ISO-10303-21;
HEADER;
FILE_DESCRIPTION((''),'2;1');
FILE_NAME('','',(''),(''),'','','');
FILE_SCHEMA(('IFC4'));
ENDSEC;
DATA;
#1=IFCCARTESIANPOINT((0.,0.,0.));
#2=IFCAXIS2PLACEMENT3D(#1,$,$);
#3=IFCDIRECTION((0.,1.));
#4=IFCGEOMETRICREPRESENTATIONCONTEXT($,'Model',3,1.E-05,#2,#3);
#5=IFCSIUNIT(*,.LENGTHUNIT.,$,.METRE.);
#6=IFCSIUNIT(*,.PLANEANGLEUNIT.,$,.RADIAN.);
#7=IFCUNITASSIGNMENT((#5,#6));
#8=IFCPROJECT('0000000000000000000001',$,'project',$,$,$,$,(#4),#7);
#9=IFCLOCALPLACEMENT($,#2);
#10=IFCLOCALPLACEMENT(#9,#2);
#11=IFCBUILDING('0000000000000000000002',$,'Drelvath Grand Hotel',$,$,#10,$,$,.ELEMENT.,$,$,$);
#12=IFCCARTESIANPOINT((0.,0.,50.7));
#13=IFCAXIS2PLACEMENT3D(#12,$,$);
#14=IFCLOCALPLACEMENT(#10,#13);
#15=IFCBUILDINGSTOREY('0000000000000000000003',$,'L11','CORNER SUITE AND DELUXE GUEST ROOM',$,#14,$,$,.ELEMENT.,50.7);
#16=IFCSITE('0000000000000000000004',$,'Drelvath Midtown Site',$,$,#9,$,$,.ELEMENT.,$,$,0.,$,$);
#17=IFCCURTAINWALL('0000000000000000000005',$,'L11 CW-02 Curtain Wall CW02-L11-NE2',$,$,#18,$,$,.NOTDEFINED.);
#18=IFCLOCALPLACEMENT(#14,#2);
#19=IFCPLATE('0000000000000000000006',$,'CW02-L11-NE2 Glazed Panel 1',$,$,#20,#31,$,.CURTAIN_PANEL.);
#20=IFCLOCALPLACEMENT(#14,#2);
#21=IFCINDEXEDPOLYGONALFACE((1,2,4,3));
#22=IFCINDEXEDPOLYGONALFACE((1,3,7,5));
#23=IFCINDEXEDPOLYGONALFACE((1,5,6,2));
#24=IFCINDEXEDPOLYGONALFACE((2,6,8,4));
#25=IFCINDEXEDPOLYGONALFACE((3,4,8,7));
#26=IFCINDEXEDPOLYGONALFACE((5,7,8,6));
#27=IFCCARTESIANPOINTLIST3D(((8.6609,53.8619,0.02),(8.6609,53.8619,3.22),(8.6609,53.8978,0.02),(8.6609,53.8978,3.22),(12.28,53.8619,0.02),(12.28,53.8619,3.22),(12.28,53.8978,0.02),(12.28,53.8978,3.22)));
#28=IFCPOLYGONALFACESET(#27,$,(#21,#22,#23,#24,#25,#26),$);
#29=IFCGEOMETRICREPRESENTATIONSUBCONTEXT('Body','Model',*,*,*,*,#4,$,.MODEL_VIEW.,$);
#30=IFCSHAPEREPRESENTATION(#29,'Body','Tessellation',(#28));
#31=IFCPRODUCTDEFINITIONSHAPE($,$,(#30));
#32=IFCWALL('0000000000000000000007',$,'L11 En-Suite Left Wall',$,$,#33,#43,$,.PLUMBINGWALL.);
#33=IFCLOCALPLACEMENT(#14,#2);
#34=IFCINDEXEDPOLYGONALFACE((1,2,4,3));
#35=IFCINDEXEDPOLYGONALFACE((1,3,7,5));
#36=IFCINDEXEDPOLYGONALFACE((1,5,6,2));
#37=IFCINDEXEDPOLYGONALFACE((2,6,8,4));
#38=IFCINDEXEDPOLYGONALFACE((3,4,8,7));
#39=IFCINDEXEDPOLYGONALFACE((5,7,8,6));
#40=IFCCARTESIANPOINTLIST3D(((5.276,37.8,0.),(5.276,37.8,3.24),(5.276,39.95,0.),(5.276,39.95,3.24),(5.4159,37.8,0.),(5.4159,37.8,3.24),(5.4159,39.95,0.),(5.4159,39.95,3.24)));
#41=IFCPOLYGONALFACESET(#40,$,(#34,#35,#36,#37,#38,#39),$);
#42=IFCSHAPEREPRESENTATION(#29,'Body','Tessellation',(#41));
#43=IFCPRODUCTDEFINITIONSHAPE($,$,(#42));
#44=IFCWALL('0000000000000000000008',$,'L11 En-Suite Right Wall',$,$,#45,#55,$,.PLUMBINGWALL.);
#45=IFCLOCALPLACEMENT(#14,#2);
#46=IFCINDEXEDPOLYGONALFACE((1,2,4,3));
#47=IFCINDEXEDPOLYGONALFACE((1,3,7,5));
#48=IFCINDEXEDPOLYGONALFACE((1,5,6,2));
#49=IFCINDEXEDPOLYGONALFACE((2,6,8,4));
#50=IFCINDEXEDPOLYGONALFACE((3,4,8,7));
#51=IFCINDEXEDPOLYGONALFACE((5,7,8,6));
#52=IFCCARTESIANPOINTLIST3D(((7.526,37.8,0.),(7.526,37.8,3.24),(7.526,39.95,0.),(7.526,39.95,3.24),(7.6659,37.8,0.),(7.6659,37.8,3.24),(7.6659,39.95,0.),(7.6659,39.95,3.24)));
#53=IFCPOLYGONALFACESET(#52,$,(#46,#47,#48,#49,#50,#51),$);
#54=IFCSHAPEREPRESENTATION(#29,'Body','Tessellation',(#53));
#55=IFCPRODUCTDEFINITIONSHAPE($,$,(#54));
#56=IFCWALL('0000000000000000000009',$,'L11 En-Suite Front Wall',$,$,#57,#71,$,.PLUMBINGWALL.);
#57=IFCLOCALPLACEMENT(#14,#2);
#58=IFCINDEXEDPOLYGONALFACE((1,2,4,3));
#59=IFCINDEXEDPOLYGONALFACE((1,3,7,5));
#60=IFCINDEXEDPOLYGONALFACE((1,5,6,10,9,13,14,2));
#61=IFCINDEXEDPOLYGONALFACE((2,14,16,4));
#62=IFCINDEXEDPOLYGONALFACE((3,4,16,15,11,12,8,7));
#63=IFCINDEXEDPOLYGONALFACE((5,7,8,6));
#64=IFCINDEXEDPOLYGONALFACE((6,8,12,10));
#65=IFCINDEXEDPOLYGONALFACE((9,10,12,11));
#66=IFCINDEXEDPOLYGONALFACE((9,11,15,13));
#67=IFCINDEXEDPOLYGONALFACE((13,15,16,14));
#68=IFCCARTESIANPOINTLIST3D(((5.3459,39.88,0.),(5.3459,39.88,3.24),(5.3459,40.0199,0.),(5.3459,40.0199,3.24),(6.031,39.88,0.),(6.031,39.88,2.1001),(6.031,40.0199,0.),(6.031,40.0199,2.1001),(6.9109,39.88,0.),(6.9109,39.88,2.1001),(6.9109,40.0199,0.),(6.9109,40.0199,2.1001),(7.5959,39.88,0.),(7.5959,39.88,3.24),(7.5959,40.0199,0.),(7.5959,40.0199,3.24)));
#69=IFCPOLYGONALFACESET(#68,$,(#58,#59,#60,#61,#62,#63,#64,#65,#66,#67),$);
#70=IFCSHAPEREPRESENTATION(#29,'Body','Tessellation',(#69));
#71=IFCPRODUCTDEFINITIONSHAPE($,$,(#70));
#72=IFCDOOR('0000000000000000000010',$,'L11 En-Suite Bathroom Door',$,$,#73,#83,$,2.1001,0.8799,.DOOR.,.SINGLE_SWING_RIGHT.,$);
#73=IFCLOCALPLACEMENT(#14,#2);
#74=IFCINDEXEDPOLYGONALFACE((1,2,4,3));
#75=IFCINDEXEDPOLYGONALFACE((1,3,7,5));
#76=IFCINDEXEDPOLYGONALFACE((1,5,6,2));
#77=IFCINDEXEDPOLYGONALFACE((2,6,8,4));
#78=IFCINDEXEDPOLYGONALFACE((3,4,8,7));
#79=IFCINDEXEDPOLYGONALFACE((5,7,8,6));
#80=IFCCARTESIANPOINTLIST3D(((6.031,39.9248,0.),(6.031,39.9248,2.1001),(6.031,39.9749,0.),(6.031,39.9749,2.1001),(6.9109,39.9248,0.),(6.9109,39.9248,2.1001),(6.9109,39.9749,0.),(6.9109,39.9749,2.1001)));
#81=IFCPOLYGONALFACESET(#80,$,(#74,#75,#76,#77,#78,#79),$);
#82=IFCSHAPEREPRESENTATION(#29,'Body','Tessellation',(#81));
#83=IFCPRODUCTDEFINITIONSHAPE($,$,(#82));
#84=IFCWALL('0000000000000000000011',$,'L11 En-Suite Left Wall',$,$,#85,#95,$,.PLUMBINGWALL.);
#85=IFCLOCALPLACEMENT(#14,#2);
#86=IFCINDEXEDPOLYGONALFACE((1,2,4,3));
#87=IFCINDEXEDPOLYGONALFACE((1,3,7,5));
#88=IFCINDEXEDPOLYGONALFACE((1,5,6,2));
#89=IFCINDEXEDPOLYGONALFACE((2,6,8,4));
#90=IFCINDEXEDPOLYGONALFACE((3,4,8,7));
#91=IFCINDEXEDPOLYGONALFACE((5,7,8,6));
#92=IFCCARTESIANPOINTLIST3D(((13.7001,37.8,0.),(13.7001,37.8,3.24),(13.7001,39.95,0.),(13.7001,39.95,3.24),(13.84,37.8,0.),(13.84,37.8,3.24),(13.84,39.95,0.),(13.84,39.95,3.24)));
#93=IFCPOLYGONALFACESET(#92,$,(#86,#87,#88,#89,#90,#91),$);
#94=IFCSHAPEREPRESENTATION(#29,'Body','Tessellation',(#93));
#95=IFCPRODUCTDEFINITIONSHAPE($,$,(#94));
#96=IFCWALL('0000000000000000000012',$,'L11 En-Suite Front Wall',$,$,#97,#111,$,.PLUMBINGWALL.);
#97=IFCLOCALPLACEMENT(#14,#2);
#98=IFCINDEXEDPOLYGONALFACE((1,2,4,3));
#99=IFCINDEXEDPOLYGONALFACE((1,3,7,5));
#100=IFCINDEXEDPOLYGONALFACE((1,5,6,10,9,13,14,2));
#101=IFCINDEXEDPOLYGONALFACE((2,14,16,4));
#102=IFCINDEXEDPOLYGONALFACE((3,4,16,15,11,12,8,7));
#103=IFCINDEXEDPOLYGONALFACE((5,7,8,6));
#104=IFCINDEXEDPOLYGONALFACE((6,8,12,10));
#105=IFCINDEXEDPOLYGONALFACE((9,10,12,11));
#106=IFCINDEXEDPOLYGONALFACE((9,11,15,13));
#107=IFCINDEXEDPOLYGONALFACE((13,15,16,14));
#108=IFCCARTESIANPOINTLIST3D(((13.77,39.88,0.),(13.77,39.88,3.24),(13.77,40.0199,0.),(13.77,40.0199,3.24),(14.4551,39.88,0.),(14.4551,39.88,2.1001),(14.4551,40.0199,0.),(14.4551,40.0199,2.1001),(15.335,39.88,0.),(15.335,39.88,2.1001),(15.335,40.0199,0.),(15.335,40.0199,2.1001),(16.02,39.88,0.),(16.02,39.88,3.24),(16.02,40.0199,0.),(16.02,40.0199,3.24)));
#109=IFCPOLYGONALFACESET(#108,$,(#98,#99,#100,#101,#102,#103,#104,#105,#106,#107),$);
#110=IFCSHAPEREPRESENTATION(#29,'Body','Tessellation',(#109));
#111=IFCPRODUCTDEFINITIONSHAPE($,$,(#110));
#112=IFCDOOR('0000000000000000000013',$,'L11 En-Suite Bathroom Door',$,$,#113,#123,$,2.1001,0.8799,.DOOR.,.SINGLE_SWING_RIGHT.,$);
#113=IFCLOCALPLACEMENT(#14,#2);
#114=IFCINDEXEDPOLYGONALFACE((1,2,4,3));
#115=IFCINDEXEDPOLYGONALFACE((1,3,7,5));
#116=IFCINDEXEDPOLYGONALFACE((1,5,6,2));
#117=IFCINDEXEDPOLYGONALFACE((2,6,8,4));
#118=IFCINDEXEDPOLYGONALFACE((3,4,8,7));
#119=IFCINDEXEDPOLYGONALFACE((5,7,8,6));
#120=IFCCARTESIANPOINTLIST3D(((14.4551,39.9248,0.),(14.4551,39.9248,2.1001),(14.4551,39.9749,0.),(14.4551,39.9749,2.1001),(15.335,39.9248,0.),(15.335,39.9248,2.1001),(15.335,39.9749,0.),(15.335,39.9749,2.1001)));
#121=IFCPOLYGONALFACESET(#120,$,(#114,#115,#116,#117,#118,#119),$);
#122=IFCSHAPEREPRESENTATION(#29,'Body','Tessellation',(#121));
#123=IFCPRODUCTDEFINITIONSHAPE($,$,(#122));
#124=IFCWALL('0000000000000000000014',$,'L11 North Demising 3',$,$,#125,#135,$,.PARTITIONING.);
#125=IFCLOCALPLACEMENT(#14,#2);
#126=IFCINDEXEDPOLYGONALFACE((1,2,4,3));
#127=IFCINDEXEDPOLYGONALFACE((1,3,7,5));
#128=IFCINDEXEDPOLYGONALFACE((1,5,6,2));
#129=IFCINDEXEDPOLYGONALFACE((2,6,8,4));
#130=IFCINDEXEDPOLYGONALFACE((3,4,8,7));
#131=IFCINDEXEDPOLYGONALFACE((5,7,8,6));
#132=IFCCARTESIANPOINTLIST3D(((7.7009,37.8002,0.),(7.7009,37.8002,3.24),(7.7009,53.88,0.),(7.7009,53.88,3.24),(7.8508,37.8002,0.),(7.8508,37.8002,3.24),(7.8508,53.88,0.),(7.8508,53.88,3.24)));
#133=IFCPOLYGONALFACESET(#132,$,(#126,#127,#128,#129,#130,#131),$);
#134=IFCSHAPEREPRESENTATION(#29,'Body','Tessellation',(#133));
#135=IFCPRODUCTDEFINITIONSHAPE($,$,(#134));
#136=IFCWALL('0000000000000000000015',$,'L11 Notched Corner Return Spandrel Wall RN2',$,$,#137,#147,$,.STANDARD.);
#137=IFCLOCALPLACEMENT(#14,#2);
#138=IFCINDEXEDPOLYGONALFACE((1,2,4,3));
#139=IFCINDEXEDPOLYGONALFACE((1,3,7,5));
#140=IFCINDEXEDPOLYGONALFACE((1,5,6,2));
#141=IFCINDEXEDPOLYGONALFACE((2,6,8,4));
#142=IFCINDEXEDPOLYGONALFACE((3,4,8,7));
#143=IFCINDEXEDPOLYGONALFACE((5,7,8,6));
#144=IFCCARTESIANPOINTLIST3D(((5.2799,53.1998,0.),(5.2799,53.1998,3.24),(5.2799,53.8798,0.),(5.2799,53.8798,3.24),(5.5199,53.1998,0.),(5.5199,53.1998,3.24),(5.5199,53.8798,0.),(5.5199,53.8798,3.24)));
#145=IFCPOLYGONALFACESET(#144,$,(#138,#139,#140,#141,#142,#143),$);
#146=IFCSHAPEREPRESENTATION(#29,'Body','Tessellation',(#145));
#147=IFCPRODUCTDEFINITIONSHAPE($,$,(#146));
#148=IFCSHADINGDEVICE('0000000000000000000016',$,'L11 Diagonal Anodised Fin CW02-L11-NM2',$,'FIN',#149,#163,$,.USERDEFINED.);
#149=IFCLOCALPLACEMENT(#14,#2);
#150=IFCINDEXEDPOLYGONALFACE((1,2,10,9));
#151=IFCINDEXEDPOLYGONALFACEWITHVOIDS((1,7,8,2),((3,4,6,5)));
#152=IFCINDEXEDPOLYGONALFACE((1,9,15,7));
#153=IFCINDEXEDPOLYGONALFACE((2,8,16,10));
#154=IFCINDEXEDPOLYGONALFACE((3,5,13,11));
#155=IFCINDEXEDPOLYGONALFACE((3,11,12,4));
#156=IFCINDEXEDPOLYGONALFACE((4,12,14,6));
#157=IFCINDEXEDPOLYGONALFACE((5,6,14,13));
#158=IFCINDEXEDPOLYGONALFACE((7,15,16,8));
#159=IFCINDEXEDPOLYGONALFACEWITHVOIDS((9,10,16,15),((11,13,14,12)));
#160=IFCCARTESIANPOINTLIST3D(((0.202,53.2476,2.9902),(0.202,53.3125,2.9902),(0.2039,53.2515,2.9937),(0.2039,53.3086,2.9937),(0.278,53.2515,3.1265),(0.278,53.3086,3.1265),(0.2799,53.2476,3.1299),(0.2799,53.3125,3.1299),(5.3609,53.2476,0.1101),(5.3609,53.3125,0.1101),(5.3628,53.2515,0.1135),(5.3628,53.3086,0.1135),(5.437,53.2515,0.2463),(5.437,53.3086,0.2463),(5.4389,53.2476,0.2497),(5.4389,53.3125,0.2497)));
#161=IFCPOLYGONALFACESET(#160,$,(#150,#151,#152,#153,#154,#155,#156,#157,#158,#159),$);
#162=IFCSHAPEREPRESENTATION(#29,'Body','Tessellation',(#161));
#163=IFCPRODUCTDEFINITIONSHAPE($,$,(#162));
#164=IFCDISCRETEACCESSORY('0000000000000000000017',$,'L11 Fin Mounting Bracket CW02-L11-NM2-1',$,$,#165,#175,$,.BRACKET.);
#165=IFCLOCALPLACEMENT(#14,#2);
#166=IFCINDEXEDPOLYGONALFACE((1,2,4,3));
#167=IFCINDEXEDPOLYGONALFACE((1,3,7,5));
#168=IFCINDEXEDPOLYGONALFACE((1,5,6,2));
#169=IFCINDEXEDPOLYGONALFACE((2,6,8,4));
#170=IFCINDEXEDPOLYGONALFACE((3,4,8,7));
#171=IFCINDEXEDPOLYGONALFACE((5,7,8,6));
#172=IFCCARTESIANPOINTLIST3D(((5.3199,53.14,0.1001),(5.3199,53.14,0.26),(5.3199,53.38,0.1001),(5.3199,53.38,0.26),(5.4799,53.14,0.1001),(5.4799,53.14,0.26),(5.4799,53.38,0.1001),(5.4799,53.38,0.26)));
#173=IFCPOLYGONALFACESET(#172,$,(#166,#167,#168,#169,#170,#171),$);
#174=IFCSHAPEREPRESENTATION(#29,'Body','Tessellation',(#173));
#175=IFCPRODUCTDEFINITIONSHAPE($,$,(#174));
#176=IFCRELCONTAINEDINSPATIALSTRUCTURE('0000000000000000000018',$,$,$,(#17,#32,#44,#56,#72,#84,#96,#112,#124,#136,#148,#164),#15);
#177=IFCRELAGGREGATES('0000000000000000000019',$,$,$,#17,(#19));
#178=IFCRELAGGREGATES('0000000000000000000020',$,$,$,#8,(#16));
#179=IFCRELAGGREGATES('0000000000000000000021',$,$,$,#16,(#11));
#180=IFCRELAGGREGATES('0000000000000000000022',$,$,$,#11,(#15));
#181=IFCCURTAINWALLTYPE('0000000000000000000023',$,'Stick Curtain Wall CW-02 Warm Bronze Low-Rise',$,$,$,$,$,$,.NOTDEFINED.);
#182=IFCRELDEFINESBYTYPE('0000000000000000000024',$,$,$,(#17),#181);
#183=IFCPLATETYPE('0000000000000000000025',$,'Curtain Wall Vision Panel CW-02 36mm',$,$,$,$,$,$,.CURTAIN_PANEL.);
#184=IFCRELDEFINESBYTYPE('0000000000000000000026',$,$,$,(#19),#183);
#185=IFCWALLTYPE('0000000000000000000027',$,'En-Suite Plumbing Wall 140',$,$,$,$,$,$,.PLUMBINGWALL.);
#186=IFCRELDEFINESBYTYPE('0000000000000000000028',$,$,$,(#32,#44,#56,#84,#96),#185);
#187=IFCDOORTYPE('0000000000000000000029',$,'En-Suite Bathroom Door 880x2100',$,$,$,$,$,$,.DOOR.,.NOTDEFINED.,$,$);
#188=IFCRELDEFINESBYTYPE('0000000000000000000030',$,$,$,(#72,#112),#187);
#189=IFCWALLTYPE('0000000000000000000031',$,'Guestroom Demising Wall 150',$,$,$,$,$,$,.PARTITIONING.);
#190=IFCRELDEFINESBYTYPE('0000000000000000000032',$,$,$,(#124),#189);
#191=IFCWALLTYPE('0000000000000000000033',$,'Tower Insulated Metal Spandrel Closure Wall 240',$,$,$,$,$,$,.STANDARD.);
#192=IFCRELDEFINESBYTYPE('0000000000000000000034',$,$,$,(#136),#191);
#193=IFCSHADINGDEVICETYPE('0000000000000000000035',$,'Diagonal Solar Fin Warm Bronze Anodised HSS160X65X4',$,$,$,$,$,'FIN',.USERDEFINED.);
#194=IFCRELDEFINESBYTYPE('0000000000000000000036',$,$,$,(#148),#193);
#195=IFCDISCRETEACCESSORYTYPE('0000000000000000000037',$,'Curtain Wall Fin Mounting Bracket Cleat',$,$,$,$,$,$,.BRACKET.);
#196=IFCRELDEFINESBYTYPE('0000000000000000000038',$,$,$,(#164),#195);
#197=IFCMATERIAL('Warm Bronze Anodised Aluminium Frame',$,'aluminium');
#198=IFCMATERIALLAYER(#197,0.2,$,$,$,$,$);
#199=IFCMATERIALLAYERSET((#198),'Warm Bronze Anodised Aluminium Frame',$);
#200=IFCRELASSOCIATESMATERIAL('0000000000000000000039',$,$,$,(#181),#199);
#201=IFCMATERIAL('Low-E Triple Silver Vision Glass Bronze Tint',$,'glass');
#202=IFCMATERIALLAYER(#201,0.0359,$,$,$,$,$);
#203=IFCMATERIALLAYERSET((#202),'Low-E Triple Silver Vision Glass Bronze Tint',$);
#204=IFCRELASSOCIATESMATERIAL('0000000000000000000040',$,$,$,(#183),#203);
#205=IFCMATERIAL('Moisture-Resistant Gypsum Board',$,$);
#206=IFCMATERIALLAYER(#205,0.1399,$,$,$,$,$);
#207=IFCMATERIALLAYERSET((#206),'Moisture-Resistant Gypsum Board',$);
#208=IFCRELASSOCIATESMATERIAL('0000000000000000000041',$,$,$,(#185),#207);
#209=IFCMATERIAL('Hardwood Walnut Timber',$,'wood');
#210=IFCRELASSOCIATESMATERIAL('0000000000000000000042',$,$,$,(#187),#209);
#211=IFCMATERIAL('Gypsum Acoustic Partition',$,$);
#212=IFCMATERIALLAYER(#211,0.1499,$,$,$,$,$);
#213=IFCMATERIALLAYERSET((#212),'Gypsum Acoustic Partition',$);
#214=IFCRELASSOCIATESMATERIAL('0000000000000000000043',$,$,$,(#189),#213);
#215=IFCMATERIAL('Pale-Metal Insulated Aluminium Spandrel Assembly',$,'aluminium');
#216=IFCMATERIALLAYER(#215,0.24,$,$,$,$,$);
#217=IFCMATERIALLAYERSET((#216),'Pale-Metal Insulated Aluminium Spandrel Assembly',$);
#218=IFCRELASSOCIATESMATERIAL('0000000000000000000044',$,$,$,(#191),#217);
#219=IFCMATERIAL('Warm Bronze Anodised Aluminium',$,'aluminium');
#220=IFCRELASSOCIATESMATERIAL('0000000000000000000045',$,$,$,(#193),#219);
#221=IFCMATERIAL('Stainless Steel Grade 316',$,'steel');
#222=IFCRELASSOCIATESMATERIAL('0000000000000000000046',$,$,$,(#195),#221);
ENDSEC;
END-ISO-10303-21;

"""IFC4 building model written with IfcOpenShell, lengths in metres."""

from ifc_helpers import new_model, si_unit, direction, frame, frame_2d, origin, origin_2d, place, context, subcontext, project, spatial, rectangle, hollow_rectangle, extrude, material, layer, layer_set, material_profile, profile_set, type_object, element, fill, aggregate, save


model = new_model("IFC4")

# Units and contexts
model_context = context("Model", 3, precision=1e-05, world=origin(), true_north=direction((0.0, 1.0)))
body_context = subcontext(model_context, "Body", "Model", "MODEL_VIEW")
ifc_project = project(units=[si_unit("LENGTHUNIT", "METRE"), si_unit("PLANEANGLEUNIT", "RADIAN")], contexts=[model_context])

# Site, building, storey
site_placement = place(None, origin())
site = spatial("IfcSite", under=ifc_project, at=site_placement, Name="Drelvath Midtown Site", CompositionType="ELEMENT", RefElevation=0.0)
building_placement = place(site_placement, origin())
building = spatial("IfcBuilding", under=site, at=building_placement, Name="Drelvath Grand Hotel", CompositionType="ELEMENT")
storey_placement = place(building_placement, frame((0.0, 0.0, 50.7)))
storey = spatial("IfcBuildingStorey", under=building, at=storey_placement, Name="L11", Description="CORNER SUITE AND DELUXE GUEST ROOM", CompositionType="ELEMENT", Elevation=50.7)

# Curtain wall
ifc_material_1 = material(Name="Warm Bronze Anodised Aluminium Frame", Category="aluminium")
ifc_layer_1 = layer(ifc_material_1, 0.2)
ifc_layer_set_1 = layer_set([ifc_layer_1], Name="Warm Bronze Anodised Aluminium Frame")
curtain_wall_type = type_object("IfcCurtainWallType", Name="Stick Curtain Wall CW-02 Warm Bronze Low-Rise", PredefinedType="NOTDEFINED", material=ifc_layer_set_1)
curtain_wall_1_placement = place(storey_placement, origin())
curtain_wall_1 = element("IfcCurtainWall", 1, at=curtain_wall_1_placement, inside=storey, type_object=curtain_wall_type, Name="L11 CW-02 Curtain Wall CW02-L11-NE2", PredefinedType="NOTDEFINED")

# Plate
ifc_material_2 = material(Name="Low-E Triple Silver Vision Glass Bronze Tint", Category="glass")
ifc_layer_2 = layer(ifc_material_2, 0.0359)
ifc_layer_set_2 = layer_set([ifc_layer_2], Name="Low-E Triple Silver Vision Glass Bronze Tint")
plate_type = type_object("IfcPlateType", Name="Curtain Wall Vision Panel CW-02 36mm", PredefinedType="CURTAIN_PANEL", material=ifc_layer_set_2)
plate_1_placement = place(storey_placement, frame((10.4705, 53.8799, 0.02), z_axis=(0.0, 0.0, 1.0), x_axis=(1.0, 0.0, 0.0)))
plate_1 = element("IfcPlate", 2, at=plate_1_placement, type_object=plate_type, Name="CW02-L11-NE2 Glazed Panel 1", PredefinedType="CURTAIN_PANEL", context=body_context, shape_type="SweptSolid", body=[
    extrude(rectangle(XDim=3.6191, YDim=0.0359, at=origin_2d()), origin(), (0.0, 0.0, 1.0), 3.2),
])
aggregate(curtain_wall_1, [plate_1])

# Walls
ifc_material_3 = material(Name="Moisture-Resistant Gypsum Board")
ifc_layer_3 = layer(ifc_material_3, 0.1399)
ifc_layer_set_3 = layer_set([ifc_layer_3], Name="Moisture-Resistant Gypsum Board")
wall_type_1 = type_object("IfcWallType", Name="En-Suite Plumbing Wall 140", PredefinedType="PLUMBINGWALL", material=ifc_layer_set_3)
for number, where, z_axis, x_axis, name in (
    (3, (5.3459, 37.8, 0.0), (0.0, 0.0, 1.0), (0.0, 1.0, 0.0), "L11 En-Suite Left Wall"),
    (4, (7.5959, 37.8, 0.0), (0.0, 0.0, 1.0), (0.0, 1.0, 0.0), "L11 En-Suite Right Wall"),
):
    element("IfcWall", number, at=place(storey_placement, frame(where, z_axis=z_axis, x_axis=x_axis)), inside=storey, type_object=wall_type_1, Name=name, PredefinedType="PLUMBINGWALL", context=body_context, shape_type="SweptSolid", body=[
        extrude(rectangle(XDim=2.1499, YDim=0.1399, at=frame_2d((1.075, 0.0))), origin(), (0.0, 0.0, 1.0), 3.24),
    ])

# Wall, opening, door
wall_1_placement = place(storey_placement, frame((5.3459, 39.95, 0.0), z_axis=(0.0, 0.0, 1.0), x_axis=(1.0, 0.0, 0.0)))
wall_1 = element("IfcWall", 5, at=wall_1_placement, inside=storey, type_object=wall_type_1, Name="L11 En-Suite Front Wall", PredefinedType="PLUMBINGWALL", context=body_context, shape_type="SweptSolid", body=[
    extrude(rectangle(XDim=2.25, YDim=0.1399, at=frame_2d((1.125, 0.0))), origin(), (0.0, 0.0, 1.0), 3.24),
])
opening_1_placement = place(wall_1_placement, frame((0.6851, 0.0, 0.0)))
opening_1 = element("IfcOpeningElement", 6, at=opening_1_placement, cuts=wall_1, PredefinedType="OPENING", context=body_context, shape_type="SweptSolid", body=[
    extrude(rectangle(XDim=0.8799, YDim=2.1001, at=frame_2d((0.4399, 1.05))), frame((0.0, 0.0798, 0.0), z_axis=(0.0, -1.0, 0.0), x_axis=(1.0, 0.0, 0.0)), (0.0, 0.0, 1.0), 0.1599),
])
ifc_material_4 = material(Name="Hardwood Walnut Timber", Category="wood")
door_type = type_object("IfcDoorType", Name="En-Suite Bathroom Door 880x2100", OperationType="NOTDEFINED", PredefinedType="DOOR", material=ifc_material_4)
door_1_placement = place(opening_1_placement, origin())
door_1 = element("IfcDoor", 7, at=door_1_placement, inside=storey, type_object=door_type, Name="L11 En-Suite Bathroom Door", OperationType="SINGLE_SWING_RIGHT", OverallHeight=2.1001, OverallWidth=0.8799, PredefinedType="DOOR", context=body_context, shape_type="SweptSolid", body=[
    extrude(rectangle(XDim=0.8799, YDim=2.1001, at=frame_2d((0.4399, 1.05))), frame((0.0, 0.0249, 0.0), z_axis=(0.0, -1.0, 0.0), x_axis=(1.0, 0.0, 0.0)), (0.0, 0.0, 1.0), 0.05),
])
fill(opening_1, door_1)

# Wall
wall_2_placement = place(storey_placement, frame((13.77, 37.8, 0.0), z_axis=(0.0, 0.0, 1.0), x_axis=(0.0, 1.0, 0.0)))
element("IfcWall", 8, at=wall_2_placement, inside=storey, type_object=wall_type_1, Name="L11 En-Suite Left Wall", PredefinedType="PLUMBINGWALL", context=body_context, shape_type="SweptSolid", body=[
    extrude(rectangle(XDim=2.1499, YDim=0.1399, at=frame_2d((1.075, 0.0))), origin(), (0.0, 0.0, 1.0), 3.24),
])

# Wall, opening, door
wall_3_placement = place(storey_placement, frame((13.77, 39.95, 0.0), z_axis=(0.0, 0.0, 1.0), x_axis=(1.0, 0.0, 0.0)))
wall_3 = element("IfcWall", 9, at=wall_3_placement, inside=storey, type_object=wall_type_1, Name="L11 En-Suite Front Wall", PredefinedType="PLUMBINGWALL", context=body_context, shape_type="SweptSolid", body=[
    extrude(rectangle(XDim=2.25, YDim=0.1399, at=frame_2d((1.125, 0.0))), origin(), (0.0, 0.0, 1.0), 3.24),
])
opening_2_placement = place(wall_3_placement, frame((0.6851, 0.0, 0.0)))
opening_2 = element("IfcOpeningElement", 10, at=opening_2_placement, cuts=wall_3, PredefinedType="OPENING", context=body_context, shape_type="SweptSolid", body=[
    extrude(rectangle(XDim=0.8799, YDim=2.1001, at=frame_2d((0.4399, 1.05))), frame((0.0, 0.0798, 0.0), z_axis=(0.0, -1.0, 0.0), x_axis=(1.0, 0.0, 0.0)), (0.0, 0.0, 1.0), 0.1599),
])
door_2_placement = place(opening_2_placement, origin())
door_2 = element("IfcDoor", 11, at=door_2_placement, inside=storey, type_object=door_type, Name="L11 En-Suite Bathroom Door", OperationType="SINGLE_SWING_RIGHT", OverallHeight=2.1001, OverallWidth=0.8799, PredefinedType="DOOR", context=body_context, shape_type="SweptSolid", body=[
    extrude(rectangle(XDim=0.8799, YDim=2.1001, at=frame_2d((0.4399, 1.05))), frame((0.0, 0.0249, 0.0), z_axis=(0.0, -1.0, 0.0), x_axis=(1.0, 0.0, 0.0)), (0.0, 0.0, 1.0), 0.05),
])
fill(opening_2, door_2)

# Walls
ifc_material_5 = material(Name="Gypsum Acoustic Partition")
ifc_layer_4 = layer(ifc_material_5, 0.1499)
ifc_layer_set_4 = layer_set([ifc_layer_4], Name="Gypsum Acoustic Partition")
wall_type_2 = type_object("IfcWallType", Name="Guestroom Demising Wall 150", PredefinedType="PARTITIONING", material=ifc_layer_set_4)
wall_4_placement = place(storey_placement, frame((7.7759, 37.8, 0.0), z_axis=(0.0, 0.0, 1.0), x_axis=(0.0, 1.0, 0.0)))
element("IfcWall", 12, at=wall_4_placement, inside=storey, type_object=wall_type_2, Name="L11 North Demising 3", PredefinedType="PARTITIONING", context=body_context, shape_type="SweptSolid", body=[
    extrude(rectangle(XDim=16.0798, YDim=0.1499, at=frame_2d((8.04, 0.0))), origin(), (0.0, 0.0, 1.0), 3.24),
])
ifc_material_6 = material(Name="Pale-Metal Insulated Aluminium Spandrel Assembly", Category="aluminium")
ifc_layer_5 = layer(ifc_material_6, 0.24)
ifc_layer_set_5 = layer_set([ifc_layer_5], Name="Pale-Metal Insulated Aluminium Spandrel Assembly")
wall_type_3 = type_object("IfcWallType", Name="Tower Insulated Metal Spandrel Closure Wall 240", PredefinedType="STANDARD", material=ifc_layer_set_5)
wall_5_placement = place(storey_placement, frame((5.3999, 53.2, 0.0), z_axis=(0.0, 0.0, 1.0), x_axis=(0.0, 1.0, 0.0)))
element("IfcWall", 13, at=wall_5_placement, inside=storey, type_object=wall_type_3, Name="L11 Notched Corner Return Spandrel Wall RN2", PredefinedType="STANDARD", context=body_context, shape_type="SweptSolid", body=[
    extrude(rectangle(XDim=0.6799, YDim=0.24, at=frame_2d((0.3398, 0.0))), origin(), (0.0, 0.0, 1.0), 3.24),
])

# Shading device
ifc_material_7 = material(Name="Warm Bronze Anodised Aluminium", Category="aluminium")
ifc_material_profile_1 = material_profile(ifc_material_7, hollow_rectangle(XDim=0.0649, YDim=0.1599, WallThickness=0.0039, at=origin_2d()), Name="HSS160X65X4")
ifc_profile_set_1 = profile_set([ifc_material_profile_1], Name="Warm Bronze Anodised Aluminium")
shading_device_type = type_object("IfcShadingDeviceType", Name="Diagonal Solar Fin Warm Bronze Anodised HSS160X65X4", ElementType="FIN", PredefinedType="USERDEFINED", material=ifc_profile_set_1)
shading_device_placement = place(storey_placement, frame((5.3999, 53.28, 0.1799), z_axis=(-0.873146, 0.0, 0.487459), x_axis=(0.0, -1.0, 0.0)))
element("IfcShadingDevice", 14, at=shading_device_placement, inside=storey, type_object=shading_device_type, Name="L11 Diagonal Anodised Fin CW02-L11-NM2", ObjectType="FIN", PredefinedType="USERDEFINED", context=body_context, shape_type="SweptSolid", body=[
    extrude(hollow_rectangle(XDim=0.0649, YDim=0.1599, WallThickness=0.0039, at=origin_2d()), origin(), (0.0, 0.0, 1.0), 5.9084),
])

# Discrete accessory
ifc_material_8 = material(Name="Stainless Steel Grade 316", Category="steel")
discrete_accessory_type = type_object("IfcDiscreteAccessoryType", Name="Curtain Wall Fin Mounting Bracket Cleat", PredefinedType="BRACKET", material=ifc_material_8)
discrete_accessory_placement = place(storey_placement, frame((5.3999, 53.26, 0.1001), z_axis=(0.0, 0.0, 1.0), x_axis=(1.0, 0.0, 0.0)))
element("IfcDiscreteAccessory", 15, at=discrete_accessory_placement, inside=storey, type_object=discrete_accessory_type, Name="L11 Fin Mounting Bracket CW02-L11-NM2-1", PredefinedType="BRACKET", context=body_context, shape_type="SweptSolid", body=[
    extrude(rectangle(XDim=0.1599, YDim=0.24, at=origin_2d()), origin(), (0.0, 0.0, 1.0), 0.1599),
])

save(model, "model.ifc")
